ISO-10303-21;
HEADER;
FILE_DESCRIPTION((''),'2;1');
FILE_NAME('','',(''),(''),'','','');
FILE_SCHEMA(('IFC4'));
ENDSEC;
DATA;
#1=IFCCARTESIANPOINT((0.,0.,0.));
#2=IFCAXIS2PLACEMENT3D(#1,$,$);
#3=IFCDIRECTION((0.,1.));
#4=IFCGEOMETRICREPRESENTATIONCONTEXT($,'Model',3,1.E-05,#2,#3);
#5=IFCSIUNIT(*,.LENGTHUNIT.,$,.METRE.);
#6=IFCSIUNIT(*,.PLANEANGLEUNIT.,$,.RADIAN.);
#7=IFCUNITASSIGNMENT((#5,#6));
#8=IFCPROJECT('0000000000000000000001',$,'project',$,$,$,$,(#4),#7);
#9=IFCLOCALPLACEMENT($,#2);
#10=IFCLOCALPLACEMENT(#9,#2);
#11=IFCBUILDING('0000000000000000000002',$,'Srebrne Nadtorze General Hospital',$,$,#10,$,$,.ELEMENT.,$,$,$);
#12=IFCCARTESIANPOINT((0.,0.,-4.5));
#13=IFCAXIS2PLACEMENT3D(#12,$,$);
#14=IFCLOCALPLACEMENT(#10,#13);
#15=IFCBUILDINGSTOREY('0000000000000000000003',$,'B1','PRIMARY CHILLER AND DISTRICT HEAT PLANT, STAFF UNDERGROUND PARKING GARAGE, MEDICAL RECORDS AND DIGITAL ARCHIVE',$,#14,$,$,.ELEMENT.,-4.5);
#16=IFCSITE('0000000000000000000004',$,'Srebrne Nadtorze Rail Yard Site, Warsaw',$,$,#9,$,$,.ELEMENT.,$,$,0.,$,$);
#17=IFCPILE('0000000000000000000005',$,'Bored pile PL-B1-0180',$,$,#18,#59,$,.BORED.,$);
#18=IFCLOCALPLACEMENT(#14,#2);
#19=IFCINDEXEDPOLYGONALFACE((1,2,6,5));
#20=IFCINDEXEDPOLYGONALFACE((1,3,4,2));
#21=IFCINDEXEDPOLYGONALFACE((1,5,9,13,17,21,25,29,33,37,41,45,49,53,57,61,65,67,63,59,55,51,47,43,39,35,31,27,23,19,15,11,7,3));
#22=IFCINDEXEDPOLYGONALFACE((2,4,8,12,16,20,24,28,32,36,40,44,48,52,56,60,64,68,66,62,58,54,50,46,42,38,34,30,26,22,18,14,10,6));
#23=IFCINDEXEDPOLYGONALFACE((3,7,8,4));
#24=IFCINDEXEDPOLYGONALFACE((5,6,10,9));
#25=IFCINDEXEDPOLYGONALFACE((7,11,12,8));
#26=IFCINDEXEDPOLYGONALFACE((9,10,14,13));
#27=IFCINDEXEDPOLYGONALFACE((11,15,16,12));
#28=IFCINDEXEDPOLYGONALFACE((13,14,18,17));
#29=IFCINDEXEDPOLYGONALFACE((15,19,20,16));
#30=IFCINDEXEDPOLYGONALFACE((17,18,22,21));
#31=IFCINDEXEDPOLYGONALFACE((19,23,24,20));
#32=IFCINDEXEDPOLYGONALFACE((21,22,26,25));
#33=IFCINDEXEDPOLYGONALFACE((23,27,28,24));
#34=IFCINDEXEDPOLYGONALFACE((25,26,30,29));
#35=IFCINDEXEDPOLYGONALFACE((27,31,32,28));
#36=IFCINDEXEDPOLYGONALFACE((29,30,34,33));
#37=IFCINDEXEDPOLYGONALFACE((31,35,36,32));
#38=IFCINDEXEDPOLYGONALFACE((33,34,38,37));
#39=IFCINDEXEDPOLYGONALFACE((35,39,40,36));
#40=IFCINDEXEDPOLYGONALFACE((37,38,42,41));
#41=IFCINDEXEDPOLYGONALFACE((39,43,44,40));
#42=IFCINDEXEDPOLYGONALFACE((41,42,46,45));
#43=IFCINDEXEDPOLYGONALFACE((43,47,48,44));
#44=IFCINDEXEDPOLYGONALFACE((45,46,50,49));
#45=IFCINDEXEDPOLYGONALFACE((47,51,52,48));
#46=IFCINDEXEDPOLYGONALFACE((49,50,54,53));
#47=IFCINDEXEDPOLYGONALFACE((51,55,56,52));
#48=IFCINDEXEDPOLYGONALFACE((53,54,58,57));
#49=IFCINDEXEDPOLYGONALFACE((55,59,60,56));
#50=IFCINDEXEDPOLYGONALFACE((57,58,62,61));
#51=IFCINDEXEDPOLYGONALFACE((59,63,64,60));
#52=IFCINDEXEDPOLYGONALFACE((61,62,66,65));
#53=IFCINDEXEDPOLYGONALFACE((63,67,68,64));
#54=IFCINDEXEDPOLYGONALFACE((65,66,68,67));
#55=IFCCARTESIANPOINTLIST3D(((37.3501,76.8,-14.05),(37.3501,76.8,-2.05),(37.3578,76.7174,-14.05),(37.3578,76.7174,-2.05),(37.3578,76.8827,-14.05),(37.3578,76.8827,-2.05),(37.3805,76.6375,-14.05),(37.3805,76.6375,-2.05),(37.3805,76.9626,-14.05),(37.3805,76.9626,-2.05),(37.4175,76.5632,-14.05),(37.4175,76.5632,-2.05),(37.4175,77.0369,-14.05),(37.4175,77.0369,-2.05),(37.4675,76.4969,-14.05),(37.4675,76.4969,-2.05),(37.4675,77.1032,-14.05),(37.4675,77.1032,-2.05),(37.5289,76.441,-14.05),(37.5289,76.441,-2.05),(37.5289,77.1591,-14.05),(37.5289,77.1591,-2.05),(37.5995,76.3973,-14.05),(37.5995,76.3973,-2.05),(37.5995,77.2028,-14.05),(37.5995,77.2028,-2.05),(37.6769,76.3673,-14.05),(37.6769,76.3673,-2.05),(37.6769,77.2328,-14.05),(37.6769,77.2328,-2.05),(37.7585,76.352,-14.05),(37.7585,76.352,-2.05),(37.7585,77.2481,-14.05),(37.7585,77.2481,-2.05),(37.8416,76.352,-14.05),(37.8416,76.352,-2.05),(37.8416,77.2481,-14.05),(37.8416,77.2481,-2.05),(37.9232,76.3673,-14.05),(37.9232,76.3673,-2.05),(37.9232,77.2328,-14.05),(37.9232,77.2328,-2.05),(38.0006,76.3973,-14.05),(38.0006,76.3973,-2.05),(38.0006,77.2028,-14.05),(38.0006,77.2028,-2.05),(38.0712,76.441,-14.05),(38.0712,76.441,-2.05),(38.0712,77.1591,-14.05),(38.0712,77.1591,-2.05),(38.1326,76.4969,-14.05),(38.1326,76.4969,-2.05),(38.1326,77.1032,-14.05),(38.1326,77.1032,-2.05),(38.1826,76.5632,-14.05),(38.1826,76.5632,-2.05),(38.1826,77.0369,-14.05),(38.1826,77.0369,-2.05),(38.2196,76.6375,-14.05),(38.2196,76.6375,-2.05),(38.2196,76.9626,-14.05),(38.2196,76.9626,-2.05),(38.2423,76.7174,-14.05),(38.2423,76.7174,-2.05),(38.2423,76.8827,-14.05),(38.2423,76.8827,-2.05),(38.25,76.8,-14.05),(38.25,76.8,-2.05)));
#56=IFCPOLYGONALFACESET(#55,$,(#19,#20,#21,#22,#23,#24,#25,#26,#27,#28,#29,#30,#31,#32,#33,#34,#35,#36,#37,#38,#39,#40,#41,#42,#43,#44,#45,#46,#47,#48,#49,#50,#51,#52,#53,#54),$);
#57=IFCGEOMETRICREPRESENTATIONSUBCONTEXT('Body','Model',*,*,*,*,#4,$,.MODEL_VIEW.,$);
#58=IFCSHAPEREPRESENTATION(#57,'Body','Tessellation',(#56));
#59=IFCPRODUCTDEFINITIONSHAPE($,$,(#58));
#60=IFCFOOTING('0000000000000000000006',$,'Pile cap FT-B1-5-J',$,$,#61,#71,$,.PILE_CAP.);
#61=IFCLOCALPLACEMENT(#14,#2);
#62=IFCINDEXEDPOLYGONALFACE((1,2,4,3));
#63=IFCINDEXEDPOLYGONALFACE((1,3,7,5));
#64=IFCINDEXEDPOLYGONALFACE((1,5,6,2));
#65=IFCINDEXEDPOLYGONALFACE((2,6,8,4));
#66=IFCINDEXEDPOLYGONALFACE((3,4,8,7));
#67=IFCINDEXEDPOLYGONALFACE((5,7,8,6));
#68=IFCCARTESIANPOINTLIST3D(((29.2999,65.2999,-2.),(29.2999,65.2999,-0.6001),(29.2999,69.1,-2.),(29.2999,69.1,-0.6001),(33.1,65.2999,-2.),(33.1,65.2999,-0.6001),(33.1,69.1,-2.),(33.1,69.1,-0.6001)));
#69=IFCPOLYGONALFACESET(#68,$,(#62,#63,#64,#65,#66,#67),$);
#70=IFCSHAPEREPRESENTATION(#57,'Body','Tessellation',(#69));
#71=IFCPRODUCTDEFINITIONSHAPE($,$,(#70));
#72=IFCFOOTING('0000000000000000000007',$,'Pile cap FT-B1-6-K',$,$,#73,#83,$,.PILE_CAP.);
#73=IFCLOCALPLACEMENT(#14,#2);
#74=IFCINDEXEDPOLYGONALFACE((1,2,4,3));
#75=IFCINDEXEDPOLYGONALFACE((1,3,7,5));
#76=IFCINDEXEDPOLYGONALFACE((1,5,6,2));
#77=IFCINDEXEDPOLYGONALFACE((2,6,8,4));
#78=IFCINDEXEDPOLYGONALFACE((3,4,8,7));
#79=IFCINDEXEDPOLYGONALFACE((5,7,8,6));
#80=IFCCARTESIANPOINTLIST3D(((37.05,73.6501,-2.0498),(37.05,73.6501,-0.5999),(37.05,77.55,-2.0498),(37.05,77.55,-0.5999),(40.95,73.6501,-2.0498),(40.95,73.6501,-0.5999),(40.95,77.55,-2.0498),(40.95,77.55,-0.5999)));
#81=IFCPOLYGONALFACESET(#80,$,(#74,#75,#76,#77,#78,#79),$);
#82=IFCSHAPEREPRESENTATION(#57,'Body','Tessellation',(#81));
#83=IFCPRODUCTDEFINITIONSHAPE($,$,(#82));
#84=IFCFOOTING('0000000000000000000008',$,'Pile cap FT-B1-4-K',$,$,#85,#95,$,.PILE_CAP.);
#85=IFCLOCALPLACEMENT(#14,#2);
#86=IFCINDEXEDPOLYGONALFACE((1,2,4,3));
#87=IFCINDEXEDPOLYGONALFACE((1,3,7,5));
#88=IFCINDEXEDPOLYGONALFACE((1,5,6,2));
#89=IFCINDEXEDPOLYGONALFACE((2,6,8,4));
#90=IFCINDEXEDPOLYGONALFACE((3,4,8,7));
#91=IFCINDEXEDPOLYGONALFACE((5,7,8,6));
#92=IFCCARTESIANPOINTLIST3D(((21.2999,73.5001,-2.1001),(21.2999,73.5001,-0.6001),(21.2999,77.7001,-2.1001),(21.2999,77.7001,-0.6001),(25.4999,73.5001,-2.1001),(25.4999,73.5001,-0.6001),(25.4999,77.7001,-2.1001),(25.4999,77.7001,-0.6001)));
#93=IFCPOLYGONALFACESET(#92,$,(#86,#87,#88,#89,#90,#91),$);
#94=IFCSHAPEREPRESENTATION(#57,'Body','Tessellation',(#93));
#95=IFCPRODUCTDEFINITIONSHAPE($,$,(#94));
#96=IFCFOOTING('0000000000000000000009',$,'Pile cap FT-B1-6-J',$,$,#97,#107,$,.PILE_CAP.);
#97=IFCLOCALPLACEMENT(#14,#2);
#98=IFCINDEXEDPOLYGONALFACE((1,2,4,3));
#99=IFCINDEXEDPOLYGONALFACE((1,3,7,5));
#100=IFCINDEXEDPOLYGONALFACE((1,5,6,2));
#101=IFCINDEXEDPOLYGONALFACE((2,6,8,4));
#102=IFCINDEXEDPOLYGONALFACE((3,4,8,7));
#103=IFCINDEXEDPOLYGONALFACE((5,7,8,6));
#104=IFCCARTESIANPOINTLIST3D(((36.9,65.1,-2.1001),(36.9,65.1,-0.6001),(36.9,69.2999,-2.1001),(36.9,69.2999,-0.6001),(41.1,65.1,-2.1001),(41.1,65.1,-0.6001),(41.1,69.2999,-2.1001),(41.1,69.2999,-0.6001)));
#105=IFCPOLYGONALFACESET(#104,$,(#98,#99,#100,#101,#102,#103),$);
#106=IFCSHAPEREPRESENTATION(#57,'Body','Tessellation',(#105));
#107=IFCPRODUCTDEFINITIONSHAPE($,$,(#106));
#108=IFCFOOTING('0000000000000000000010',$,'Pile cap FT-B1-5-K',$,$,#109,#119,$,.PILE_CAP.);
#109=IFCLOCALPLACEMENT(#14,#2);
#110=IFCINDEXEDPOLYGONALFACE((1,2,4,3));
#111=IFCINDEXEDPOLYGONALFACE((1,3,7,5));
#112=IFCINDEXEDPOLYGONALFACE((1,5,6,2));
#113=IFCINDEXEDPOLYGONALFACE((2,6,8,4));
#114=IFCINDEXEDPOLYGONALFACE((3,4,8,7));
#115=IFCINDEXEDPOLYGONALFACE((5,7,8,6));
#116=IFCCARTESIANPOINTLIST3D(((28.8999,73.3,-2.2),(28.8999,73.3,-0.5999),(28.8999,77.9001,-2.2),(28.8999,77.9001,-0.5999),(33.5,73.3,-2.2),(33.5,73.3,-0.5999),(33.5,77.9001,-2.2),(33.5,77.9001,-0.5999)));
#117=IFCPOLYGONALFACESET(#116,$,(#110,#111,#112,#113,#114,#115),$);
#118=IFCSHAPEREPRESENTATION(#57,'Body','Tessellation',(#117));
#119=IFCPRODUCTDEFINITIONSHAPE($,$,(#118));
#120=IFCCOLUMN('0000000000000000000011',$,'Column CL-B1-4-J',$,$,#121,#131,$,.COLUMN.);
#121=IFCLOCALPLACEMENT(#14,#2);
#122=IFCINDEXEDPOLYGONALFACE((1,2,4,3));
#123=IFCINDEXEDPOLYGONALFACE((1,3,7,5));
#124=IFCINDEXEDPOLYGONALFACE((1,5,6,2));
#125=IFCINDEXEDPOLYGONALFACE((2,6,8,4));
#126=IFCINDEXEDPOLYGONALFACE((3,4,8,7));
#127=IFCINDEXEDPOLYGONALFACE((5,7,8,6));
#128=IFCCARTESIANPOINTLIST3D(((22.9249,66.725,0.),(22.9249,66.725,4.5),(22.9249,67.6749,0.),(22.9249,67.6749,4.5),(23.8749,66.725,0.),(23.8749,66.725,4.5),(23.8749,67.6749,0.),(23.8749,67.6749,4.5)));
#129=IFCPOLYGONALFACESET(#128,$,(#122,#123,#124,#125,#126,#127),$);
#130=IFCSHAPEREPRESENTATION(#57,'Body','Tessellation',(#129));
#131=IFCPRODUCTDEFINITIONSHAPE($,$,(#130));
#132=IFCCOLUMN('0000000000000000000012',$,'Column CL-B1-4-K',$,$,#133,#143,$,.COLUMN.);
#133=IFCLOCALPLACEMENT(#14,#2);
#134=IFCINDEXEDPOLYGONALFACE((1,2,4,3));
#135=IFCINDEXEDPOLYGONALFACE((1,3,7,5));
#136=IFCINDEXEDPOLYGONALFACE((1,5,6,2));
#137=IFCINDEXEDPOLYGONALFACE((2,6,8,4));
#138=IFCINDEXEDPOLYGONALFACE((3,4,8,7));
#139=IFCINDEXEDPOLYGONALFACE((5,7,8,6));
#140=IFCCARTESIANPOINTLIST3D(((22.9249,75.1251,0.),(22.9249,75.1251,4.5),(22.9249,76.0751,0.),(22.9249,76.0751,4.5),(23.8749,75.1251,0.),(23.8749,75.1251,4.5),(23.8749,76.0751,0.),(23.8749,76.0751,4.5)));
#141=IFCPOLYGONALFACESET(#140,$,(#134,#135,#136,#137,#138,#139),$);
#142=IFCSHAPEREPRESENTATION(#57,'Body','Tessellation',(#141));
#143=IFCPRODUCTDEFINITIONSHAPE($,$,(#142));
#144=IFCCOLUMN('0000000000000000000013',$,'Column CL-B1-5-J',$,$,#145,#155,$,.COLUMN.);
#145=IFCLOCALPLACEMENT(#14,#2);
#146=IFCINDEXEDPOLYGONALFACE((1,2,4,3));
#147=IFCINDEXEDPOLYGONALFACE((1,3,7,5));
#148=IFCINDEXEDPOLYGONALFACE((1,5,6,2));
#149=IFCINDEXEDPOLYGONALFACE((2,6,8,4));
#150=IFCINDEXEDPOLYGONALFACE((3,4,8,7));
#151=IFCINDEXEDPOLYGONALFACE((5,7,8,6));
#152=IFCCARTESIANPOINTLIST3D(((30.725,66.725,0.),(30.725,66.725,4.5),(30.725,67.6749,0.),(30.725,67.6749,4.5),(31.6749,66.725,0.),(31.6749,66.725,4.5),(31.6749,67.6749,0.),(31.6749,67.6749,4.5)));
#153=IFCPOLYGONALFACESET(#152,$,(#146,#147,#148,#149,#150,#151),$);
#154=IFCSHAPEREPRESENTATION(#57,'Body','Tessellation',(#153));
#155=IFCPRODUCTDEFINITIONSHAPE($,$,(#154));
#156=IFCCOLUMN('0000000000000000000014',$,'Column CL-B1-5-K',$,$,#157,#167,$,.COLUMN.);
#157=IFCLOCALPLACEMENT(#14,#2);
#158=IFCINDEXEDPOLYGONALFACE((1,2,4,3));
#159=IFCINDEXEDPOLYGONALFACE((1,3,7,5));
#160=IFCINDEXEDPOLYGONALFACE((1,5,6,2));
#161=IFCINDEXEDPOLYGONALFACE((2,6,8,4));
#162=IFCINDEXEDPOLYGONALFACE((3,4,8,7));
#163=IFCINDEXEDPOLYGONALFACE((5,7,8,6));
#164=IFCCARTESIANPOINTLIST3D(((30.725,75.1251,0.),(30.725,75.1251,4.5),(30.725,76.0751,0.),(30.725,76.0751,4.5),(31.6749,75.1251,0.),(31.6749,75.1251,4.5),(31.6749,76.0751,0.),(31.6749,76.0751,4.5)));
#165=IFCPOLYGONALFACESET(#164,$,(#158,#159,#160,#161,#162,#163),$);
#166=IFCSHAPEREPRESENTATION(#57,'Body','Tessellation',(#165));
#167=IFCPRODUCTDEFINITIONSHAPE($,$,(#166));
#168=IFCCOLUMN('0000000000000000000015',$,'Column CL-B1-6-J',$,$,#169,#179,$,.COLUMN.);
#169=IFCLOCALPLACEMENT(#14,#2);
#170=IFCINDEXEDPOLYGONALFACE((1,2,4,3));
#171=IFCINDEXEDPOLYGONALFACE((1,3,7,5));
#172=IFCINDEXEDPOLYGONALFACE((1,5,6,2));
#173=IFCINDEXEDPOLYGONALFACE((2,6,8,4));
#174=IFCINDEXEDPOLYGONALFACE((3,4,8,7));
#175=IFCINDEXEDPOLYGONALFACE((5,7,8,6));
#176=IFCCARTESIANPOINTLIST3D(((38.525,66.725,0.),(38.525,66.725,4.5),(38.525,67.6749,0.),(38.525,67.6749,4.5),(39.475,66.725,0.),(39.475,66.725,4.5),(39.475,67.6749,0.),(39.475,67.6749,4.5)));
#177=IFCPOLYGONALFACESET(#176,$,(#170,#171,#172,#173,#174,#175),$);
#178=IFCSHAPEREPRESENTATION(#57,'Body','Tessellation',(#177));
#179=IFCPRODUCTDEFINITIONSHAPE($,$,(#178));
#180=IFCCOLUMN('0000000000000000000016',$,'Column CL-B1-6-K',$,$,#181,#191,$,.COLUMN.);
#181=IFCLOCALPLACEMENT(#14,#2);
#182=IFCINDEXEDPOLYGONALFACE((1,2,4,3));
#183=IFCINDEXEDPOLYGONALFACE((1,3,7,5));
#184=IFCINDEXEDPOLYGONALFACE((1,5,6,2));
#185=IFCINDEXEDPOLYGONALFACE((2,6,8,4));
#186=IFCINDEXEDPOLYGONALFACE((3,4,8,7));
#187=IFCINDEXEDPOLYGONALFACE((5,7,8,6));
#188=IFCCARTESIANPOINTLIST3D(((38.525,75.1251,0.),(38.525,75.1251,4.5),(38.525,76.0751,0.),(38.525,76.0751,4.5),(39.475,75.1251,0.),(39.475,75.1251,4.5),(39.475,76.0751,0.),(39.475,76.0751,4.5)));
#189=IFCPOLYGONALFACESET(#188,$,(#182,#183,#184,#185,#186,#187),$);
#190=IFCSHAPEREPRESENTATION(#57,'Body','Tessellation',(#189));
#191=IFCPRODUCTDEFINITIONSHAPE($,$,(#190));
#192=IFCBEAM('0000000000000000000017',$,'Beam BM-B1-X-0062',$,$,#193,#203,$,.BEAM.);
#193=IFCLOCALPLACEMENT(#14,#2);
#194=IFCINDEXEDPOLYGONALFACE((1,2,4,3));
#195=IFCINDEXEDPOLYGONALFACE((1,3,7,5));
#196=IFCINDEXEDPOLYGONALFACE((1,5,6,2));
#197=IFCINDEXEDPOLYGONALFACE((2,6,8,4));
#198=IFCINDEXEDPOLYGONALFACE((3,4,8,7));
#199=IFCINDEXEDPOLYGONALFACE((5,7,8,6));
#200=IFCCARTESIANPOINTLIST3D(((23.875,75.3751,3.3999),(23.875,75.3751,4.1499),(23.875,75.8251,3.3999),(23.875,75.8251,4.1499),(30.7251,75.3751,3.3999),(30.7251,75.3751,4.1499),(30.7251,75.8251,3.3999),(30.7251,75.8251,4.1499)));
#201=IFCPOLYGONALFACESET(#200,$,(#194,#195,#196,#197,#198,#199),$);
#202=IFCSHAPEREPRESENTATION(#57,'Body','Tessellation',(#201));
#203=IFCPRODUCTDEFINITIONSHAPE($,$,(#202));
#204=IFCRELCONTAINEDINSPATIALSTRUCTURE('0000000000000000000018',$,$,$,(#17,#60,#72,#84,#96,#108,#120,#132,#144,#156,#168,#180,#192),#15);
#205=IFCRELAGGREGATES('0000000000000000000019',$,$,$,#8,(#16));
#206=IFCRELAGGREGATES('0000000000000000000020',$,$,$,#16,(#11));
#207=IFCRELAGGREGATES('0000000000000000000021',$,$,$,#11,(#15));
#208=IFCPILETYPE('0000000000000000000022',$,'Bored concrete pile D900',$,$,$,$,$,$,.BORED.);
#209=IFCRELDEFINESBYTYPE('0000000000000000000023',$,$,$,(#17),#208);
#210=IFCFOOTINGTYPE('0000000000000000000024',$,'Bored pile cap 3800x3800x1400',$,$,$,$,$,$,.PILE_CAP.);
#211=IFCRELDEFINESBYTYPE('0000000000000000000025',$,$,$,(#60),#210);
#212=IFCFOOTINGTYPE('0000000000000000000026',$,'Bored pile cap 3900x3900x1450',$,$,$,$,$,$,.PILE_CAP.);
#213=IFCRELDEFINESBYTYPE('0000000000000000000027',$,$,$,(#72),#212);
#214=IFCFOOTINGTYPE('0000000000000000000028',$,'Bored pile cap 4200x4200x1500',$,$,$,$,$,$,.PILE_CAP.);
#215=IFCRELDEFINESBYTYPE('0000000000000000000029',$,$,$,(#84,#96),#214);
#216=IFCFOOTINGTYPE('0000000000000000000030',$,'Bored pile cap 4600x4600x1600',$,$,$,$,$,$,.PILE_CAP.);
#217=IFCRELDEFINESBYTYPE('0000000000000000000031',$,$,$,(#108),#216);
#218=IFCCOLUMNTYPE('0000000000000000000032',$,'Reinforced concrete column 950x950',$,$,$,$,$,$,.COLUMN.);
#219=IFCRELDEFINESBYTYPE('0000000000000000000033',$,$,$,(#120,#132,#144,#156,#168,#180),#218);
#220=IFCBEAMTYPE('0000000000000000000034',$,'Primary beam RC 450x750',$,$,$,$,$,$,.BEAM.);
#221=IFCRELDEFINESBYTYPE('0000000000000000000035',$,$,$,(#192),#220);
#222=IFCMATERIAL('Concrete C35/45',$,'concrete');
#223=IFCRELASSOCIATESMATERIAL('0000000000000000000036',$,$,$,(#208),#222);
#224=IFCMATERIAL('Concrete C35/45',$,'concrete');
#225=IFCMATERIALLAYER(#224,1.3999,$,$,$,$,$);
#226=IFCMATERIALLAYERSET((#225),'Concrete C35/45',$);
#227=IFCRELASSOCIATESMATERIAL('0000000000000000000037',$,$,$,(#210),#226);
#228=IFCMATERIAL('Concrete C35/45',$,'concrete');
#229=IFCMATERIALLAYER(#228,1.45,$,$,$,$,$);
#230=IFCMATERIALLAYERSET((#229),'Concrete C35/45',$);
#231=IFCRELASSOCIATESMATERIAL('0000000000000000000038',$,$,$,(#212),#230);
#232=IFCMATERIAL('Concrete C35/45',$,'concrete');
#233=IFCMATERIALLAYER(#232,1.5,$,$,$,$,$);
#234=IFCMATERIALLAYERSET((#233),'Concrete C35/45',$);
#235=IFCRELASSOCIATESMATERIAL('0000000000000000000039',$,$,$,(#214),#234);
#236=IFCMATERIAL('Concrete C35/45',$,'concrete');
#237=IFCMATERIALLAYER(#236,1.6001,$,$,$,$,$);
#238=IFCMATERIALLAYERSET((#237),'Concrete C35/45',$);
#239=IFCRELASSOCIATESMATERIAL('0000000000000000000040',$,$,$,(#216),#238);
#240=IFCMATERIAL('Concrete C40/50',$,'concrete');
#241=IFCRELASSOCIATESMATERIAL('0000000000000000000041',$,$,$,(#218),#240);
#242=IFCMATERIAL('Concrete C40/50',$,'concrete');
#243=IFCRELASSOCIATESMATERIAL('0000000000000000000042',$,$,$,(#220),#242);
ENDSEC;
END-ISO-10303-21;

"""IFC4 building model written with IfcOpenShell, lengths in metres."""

from ifc_helpers import new_model, si_unit, direction, frame, origin, origin_2d, place, context, subcontext, project, spatial, rectangle, circle, extrude, material, layer, layer_set, material_profile, profile_set, type_object, element, save


model = new_model("IFC4")

# Units and contexts
model_context = context("Model", 3, precision=1e-05, world=origin(), true_north=direction((0.0, 1.0)))
body_context = subcontext(model_context, "Body", "Model", "MODEL_VIEW")
ifc_project = project(units=[si_unit("LENGTHUNIT", "METRE"), si_unit("PLANEANGLEUNIT", "RADIAN")], contexts=[model_context])

# Site, building, storey
site_placement = place(None, origin())
site = spatial("IfcSite", under=ifc_project, at=site_placement, Name="Srebrne Nadtorze Rail Yard Site, Warsaw", CompositionType="ELEMENT", RefElevation=0.0)
building_placement = place(site_placement, origin())
building = spatial("IfcBuilding", under=site, at=building_placement, Name="Srebrne Nadtorze General Hospital", CompositionType="ELEMENT")
storey_placement = place(building_placement, frame((0.0, 0.0, -4.5)))
storey = spatial("IfcBuildingStorey", under=building, at=storey_placement, Name="B1", Description="PRIMARY CHILLER AND DISTRICT HEAT PLANT, STAFF UNDERGROUND PARKING GARAGE, MEDICAL RECORDS AND DIGITAL ARCHIVE", CompositionType="ELEMENT", Elevation=-4.5)

# Pile
ifc_material_1 = material(Name="Concrete C35/45", Category="concrete")
ifc_material_profile_1 = material_profile(ifc_material_1, circle(Radius=0.45, at=origin_2d()), Name="PILE-D900")
ifc_profile_set_1 = profile_set([ifc_material_profile_1], Name="Concrete C35/45")
pile_type_1 = type_object("IfcPileType", Name="Bored concrete pile D900", PredefinedType="BORED", material=ifc_profile_set_1)
for number, where, z_axis, x_axis, name in (
    (1, (37.8, 76.8, -2.05), (0.0, 0.0, -1.0), (1.0, 0.0, 0.0), "Bored pile PL-B1-0180"),
):
    element("IfcPile", number, at=place(storey_placement, frame(where, z_axis=z_axis, x_axis=x_axis)), inside=storey, type_object=pile_type_1, Name=name, PredefinedType="BORED", context=body_context, shape_type="SweptSolid", body=[
        extrude(circle(Radius=0.45, at=origin_2d()), origin(), (0.0, 0.0, 1.0), 12.0),
    ])

# Footings
ifc_material_2 = material(Name="Concrete C35/45", Category="concrete")
ifc_layer_1 = layer(ifc_material_2, 1.3999)
ifc_layer_set_1 = layer_set([ifc_layer_1], Name="Concrete C35/45")
footing_type_1 = type_object("IfcFootingType", Name="Bored pile cap 3800x3800x1400", PredefinedType="PILE_CAP", material=ifc_layer_set_1)
footing_1_placement = place(storey_placement, frame((31.2, 67.2, -2.0), z_axis=(0.0, 0.0, 1.0), x_axis=(1.0, 0.0, 0.0)))
element("IfcFooting", 2, at=footing_1_placement, inside=storey, type_object=footing_type_1, Name="Pile cap FT-B1-5-J", PredefinedType="PILE_CAP", context=body_context, shape_type="SweptSolid", body=[
    extrude(rectangle(XDim=3.8, YDim=3.8, at=origin_2d()), origin(), (0.0, 0.0, 1.0), 1.3999),
])
ifc_material_3 = material(Name="Concrete C35/45", Category="concrete")
ifc_layer_2 = layer(ifc_material_3, 1.45)
ifc_layer_set_2 = layer_set([ifc_layer_2], Name="Concrete C35/45")
footing_type_2 = type_object("IfcFootingType", Name="Bored pile cap 3900x3900x1450", PredefinedType="PILE_CAP", material=ifc_layer_set_2)
footing_2_placement = place(storey_placement, frame((39.0, 75.6001, -2.0498), z_axis=(0.0, 0.0, 1.0), x_axis=(1.0, 0.0, 0.0)))
element("IfcFooting", 3, at=footing_2_placement, inside=storey, type_object=footing_type_2, Name="Pile cap FT-B1-6-K", PredefinedType="PILE_CAP", context=body_context, shape_type="SweptSolid", body=[
    extrude(rectangle(XDim=3.8999, YDim=3.8999, at=origin_2d()), origin(), (0.0, 0.0, 1.0), 1.45),
])
ifc_material_4 = material(Name="Concrete C35/45", Category="concrete")
ifc_layer_3 = layer(ifc_material_4, 1.5)
ifc_layer_set_3 = layer_set([ifc_layer_3], Name="Concrete C35/45")
footing_type_3 = type_object("IfcFootingType", Name="Bored pile cap 4200x4200x1500", PredefinedType="PILE_CAP", material=ifc_layer_set_3)
for number, where, z_axis, x_axis, name in (
    (4, (23.3999, 75.6001, -2.1001), (0.0, 0.0, 1.0), (1.0, 0.0, 0.0), "Pile cap FT-B1-4-K"),
    (5, (39.0, 67.2, -2.1001), (0.0, 0.0, 1.0), (1.0, 0.0, 0.0), "Pile cap FT-B1-6-J"),
):
    element("IfcFooting", number, at=place(storey_placement, frame(where, z_axis=z_axis, x_axis=x_axis)), inside=storey, type_object=footing_type_3, Name=name, PredefinedType="PILE_CAP", context=body_context, shape_type="SweptSolid", body=[
        extrude(rectangle(XDim=4.2, YDim=4.2, at=origin_2d()), origin(), (0.0, 0.0, 1.0), 1.5),
    ])
ifc_material_5 = material(Name="Concrete C35/45", Category="concrete")
ifc_layer_4 = layer(ifc_material_5, 1.6001)
ifc_layer_set_4 = layer_set([ifc_layer_4], Name="Concrete C35/45")
footing_type_4 = type_object("IfcFootingType", Name="Bored pile cap 4600x4600x1600", PredefinedType="PILE_CAP", material=ifc_layer_set_4)
footing_3_placement = place(storey_placement, frame((31.2, 75.6001, -2.2), z_axis=(0.0, 0.0, 1.0), x_axis=(1.0, 0.0, 0.0)))
element("IfcFooting", 6, at=footing_3_placement, inside=storey, type_object=footing_type_4, Name="Pile cap FT-B1-5-K", PredefinedType="PILE_CAP", context=body_context, shape_type="SweptSolid", body=[
    extrude(rectangle(XDim=4.6001, YDim=4.6001, at=origin_2d()), origin(), (0.0, 0.0, 1.0), 1.6001),
])

# Columns
ifc_material_6 = material(Name="Concrete C40/50", Category="concrete")
ifc_material_profile_2 = material_profile(ifc_material_6, rectangle(XDim=0.95, YDim=0.95, at=origin_2d()), Name="RC-COL-950x950")
ifc_profile_set_2 = profile_set([ifc_material_profile_2], Name="Concrete C40/50")
column_type = type_object("IfcColumnType", Name="Reinforced concrete column 950x950", PredefinedType="COLUMN", material=ifc_profile_set_2)
for number, where, z_axis, x_axis, name in (
    (7, (23.3999, 67.2, 0.0), (0.0, 0.0, 1.0), (1.0, 0.0, 0.0), "Column CL-B1-4-J"),
    (8, (23.3999, 75.6001, 0.0), (0.0, 0.0, 1.0), (1.0, 0.0, 0.0), "Column CL-B1-4-K"),
    (9, (31.2, 67.2, 0.0), (0.0, 0.0, 1.0), (1.0, 0.0, 0.0), "Column CL-B1-5-J"),
    (10, (31.2, 75.6001, 0.0), (0.0, 0.0, 1.0), (1.0, 0.0, 0.0), "Column CL-B1-5-K"),
    (11, (39.0, 67.2, 0.0), (0.0, 0.0, 1.0), (1.0, 0.0, 0.0), "Column CL-B1-6-J"),
    (12, (39.0, 75.6001, 0.0), (0.0, 0.0, 1.0), (1.0, 0.0, 0.0), "Column CL-B1-6-K"),
):
    element("IfcColumn", number, at=place(storey_placement, frame(where, z_axis=z_axis, x_axis=x_axis)), inside=storey, type_object=column_type, Name=name, PredefinedType="COLUMN", context=body_context, shape_type="SweptSolid", body=[
        extrude(rectangle(XDim=0.95, YDim=0.95, at=origin_2d()), origin(), (0.0, 0.0, 1.0), 4.5),
    ])

# Beam
ifc_material_7 = material(Name="Concrete C40/50", Category="concrete")
ifc_material_profile_3 = material_profile(ifc_material_7, rectangle(XDim=0.45, YDim=0.75, at=origin_2d()), Name="RC-BM-450x750")
ifc_profile_set_3 = profile_set([ifc_material_profile_3], Name="Concrete C40/50")
beam_type = type_object("IfcBeamType", Name="Primary beam RC 450x750", PredefinedType="BEAM", material=ifc_profile_set_3)
beam_placement = place(storey_placement, frame((23.875, 75.6001, 3.7749), z_axis=(1.0, 0.0, 0.0), x_axis=(0.0, 1.0, 0.0)))
element("IfcBeam", 13, at=beam_placement, inside=storey, type_object=beam_type, Name="Beam BM-B1-X-0062", PredefinedType="BEAM", context=body_context, shape_type="SweptSolid", body=[
    extrude(rectangle(XDim=0.45, YDim=0.75, at=origin_2d()), origin(), (0.0, 0.0, 1.0), 6.8501),
])

save(model, "model.ifc")
